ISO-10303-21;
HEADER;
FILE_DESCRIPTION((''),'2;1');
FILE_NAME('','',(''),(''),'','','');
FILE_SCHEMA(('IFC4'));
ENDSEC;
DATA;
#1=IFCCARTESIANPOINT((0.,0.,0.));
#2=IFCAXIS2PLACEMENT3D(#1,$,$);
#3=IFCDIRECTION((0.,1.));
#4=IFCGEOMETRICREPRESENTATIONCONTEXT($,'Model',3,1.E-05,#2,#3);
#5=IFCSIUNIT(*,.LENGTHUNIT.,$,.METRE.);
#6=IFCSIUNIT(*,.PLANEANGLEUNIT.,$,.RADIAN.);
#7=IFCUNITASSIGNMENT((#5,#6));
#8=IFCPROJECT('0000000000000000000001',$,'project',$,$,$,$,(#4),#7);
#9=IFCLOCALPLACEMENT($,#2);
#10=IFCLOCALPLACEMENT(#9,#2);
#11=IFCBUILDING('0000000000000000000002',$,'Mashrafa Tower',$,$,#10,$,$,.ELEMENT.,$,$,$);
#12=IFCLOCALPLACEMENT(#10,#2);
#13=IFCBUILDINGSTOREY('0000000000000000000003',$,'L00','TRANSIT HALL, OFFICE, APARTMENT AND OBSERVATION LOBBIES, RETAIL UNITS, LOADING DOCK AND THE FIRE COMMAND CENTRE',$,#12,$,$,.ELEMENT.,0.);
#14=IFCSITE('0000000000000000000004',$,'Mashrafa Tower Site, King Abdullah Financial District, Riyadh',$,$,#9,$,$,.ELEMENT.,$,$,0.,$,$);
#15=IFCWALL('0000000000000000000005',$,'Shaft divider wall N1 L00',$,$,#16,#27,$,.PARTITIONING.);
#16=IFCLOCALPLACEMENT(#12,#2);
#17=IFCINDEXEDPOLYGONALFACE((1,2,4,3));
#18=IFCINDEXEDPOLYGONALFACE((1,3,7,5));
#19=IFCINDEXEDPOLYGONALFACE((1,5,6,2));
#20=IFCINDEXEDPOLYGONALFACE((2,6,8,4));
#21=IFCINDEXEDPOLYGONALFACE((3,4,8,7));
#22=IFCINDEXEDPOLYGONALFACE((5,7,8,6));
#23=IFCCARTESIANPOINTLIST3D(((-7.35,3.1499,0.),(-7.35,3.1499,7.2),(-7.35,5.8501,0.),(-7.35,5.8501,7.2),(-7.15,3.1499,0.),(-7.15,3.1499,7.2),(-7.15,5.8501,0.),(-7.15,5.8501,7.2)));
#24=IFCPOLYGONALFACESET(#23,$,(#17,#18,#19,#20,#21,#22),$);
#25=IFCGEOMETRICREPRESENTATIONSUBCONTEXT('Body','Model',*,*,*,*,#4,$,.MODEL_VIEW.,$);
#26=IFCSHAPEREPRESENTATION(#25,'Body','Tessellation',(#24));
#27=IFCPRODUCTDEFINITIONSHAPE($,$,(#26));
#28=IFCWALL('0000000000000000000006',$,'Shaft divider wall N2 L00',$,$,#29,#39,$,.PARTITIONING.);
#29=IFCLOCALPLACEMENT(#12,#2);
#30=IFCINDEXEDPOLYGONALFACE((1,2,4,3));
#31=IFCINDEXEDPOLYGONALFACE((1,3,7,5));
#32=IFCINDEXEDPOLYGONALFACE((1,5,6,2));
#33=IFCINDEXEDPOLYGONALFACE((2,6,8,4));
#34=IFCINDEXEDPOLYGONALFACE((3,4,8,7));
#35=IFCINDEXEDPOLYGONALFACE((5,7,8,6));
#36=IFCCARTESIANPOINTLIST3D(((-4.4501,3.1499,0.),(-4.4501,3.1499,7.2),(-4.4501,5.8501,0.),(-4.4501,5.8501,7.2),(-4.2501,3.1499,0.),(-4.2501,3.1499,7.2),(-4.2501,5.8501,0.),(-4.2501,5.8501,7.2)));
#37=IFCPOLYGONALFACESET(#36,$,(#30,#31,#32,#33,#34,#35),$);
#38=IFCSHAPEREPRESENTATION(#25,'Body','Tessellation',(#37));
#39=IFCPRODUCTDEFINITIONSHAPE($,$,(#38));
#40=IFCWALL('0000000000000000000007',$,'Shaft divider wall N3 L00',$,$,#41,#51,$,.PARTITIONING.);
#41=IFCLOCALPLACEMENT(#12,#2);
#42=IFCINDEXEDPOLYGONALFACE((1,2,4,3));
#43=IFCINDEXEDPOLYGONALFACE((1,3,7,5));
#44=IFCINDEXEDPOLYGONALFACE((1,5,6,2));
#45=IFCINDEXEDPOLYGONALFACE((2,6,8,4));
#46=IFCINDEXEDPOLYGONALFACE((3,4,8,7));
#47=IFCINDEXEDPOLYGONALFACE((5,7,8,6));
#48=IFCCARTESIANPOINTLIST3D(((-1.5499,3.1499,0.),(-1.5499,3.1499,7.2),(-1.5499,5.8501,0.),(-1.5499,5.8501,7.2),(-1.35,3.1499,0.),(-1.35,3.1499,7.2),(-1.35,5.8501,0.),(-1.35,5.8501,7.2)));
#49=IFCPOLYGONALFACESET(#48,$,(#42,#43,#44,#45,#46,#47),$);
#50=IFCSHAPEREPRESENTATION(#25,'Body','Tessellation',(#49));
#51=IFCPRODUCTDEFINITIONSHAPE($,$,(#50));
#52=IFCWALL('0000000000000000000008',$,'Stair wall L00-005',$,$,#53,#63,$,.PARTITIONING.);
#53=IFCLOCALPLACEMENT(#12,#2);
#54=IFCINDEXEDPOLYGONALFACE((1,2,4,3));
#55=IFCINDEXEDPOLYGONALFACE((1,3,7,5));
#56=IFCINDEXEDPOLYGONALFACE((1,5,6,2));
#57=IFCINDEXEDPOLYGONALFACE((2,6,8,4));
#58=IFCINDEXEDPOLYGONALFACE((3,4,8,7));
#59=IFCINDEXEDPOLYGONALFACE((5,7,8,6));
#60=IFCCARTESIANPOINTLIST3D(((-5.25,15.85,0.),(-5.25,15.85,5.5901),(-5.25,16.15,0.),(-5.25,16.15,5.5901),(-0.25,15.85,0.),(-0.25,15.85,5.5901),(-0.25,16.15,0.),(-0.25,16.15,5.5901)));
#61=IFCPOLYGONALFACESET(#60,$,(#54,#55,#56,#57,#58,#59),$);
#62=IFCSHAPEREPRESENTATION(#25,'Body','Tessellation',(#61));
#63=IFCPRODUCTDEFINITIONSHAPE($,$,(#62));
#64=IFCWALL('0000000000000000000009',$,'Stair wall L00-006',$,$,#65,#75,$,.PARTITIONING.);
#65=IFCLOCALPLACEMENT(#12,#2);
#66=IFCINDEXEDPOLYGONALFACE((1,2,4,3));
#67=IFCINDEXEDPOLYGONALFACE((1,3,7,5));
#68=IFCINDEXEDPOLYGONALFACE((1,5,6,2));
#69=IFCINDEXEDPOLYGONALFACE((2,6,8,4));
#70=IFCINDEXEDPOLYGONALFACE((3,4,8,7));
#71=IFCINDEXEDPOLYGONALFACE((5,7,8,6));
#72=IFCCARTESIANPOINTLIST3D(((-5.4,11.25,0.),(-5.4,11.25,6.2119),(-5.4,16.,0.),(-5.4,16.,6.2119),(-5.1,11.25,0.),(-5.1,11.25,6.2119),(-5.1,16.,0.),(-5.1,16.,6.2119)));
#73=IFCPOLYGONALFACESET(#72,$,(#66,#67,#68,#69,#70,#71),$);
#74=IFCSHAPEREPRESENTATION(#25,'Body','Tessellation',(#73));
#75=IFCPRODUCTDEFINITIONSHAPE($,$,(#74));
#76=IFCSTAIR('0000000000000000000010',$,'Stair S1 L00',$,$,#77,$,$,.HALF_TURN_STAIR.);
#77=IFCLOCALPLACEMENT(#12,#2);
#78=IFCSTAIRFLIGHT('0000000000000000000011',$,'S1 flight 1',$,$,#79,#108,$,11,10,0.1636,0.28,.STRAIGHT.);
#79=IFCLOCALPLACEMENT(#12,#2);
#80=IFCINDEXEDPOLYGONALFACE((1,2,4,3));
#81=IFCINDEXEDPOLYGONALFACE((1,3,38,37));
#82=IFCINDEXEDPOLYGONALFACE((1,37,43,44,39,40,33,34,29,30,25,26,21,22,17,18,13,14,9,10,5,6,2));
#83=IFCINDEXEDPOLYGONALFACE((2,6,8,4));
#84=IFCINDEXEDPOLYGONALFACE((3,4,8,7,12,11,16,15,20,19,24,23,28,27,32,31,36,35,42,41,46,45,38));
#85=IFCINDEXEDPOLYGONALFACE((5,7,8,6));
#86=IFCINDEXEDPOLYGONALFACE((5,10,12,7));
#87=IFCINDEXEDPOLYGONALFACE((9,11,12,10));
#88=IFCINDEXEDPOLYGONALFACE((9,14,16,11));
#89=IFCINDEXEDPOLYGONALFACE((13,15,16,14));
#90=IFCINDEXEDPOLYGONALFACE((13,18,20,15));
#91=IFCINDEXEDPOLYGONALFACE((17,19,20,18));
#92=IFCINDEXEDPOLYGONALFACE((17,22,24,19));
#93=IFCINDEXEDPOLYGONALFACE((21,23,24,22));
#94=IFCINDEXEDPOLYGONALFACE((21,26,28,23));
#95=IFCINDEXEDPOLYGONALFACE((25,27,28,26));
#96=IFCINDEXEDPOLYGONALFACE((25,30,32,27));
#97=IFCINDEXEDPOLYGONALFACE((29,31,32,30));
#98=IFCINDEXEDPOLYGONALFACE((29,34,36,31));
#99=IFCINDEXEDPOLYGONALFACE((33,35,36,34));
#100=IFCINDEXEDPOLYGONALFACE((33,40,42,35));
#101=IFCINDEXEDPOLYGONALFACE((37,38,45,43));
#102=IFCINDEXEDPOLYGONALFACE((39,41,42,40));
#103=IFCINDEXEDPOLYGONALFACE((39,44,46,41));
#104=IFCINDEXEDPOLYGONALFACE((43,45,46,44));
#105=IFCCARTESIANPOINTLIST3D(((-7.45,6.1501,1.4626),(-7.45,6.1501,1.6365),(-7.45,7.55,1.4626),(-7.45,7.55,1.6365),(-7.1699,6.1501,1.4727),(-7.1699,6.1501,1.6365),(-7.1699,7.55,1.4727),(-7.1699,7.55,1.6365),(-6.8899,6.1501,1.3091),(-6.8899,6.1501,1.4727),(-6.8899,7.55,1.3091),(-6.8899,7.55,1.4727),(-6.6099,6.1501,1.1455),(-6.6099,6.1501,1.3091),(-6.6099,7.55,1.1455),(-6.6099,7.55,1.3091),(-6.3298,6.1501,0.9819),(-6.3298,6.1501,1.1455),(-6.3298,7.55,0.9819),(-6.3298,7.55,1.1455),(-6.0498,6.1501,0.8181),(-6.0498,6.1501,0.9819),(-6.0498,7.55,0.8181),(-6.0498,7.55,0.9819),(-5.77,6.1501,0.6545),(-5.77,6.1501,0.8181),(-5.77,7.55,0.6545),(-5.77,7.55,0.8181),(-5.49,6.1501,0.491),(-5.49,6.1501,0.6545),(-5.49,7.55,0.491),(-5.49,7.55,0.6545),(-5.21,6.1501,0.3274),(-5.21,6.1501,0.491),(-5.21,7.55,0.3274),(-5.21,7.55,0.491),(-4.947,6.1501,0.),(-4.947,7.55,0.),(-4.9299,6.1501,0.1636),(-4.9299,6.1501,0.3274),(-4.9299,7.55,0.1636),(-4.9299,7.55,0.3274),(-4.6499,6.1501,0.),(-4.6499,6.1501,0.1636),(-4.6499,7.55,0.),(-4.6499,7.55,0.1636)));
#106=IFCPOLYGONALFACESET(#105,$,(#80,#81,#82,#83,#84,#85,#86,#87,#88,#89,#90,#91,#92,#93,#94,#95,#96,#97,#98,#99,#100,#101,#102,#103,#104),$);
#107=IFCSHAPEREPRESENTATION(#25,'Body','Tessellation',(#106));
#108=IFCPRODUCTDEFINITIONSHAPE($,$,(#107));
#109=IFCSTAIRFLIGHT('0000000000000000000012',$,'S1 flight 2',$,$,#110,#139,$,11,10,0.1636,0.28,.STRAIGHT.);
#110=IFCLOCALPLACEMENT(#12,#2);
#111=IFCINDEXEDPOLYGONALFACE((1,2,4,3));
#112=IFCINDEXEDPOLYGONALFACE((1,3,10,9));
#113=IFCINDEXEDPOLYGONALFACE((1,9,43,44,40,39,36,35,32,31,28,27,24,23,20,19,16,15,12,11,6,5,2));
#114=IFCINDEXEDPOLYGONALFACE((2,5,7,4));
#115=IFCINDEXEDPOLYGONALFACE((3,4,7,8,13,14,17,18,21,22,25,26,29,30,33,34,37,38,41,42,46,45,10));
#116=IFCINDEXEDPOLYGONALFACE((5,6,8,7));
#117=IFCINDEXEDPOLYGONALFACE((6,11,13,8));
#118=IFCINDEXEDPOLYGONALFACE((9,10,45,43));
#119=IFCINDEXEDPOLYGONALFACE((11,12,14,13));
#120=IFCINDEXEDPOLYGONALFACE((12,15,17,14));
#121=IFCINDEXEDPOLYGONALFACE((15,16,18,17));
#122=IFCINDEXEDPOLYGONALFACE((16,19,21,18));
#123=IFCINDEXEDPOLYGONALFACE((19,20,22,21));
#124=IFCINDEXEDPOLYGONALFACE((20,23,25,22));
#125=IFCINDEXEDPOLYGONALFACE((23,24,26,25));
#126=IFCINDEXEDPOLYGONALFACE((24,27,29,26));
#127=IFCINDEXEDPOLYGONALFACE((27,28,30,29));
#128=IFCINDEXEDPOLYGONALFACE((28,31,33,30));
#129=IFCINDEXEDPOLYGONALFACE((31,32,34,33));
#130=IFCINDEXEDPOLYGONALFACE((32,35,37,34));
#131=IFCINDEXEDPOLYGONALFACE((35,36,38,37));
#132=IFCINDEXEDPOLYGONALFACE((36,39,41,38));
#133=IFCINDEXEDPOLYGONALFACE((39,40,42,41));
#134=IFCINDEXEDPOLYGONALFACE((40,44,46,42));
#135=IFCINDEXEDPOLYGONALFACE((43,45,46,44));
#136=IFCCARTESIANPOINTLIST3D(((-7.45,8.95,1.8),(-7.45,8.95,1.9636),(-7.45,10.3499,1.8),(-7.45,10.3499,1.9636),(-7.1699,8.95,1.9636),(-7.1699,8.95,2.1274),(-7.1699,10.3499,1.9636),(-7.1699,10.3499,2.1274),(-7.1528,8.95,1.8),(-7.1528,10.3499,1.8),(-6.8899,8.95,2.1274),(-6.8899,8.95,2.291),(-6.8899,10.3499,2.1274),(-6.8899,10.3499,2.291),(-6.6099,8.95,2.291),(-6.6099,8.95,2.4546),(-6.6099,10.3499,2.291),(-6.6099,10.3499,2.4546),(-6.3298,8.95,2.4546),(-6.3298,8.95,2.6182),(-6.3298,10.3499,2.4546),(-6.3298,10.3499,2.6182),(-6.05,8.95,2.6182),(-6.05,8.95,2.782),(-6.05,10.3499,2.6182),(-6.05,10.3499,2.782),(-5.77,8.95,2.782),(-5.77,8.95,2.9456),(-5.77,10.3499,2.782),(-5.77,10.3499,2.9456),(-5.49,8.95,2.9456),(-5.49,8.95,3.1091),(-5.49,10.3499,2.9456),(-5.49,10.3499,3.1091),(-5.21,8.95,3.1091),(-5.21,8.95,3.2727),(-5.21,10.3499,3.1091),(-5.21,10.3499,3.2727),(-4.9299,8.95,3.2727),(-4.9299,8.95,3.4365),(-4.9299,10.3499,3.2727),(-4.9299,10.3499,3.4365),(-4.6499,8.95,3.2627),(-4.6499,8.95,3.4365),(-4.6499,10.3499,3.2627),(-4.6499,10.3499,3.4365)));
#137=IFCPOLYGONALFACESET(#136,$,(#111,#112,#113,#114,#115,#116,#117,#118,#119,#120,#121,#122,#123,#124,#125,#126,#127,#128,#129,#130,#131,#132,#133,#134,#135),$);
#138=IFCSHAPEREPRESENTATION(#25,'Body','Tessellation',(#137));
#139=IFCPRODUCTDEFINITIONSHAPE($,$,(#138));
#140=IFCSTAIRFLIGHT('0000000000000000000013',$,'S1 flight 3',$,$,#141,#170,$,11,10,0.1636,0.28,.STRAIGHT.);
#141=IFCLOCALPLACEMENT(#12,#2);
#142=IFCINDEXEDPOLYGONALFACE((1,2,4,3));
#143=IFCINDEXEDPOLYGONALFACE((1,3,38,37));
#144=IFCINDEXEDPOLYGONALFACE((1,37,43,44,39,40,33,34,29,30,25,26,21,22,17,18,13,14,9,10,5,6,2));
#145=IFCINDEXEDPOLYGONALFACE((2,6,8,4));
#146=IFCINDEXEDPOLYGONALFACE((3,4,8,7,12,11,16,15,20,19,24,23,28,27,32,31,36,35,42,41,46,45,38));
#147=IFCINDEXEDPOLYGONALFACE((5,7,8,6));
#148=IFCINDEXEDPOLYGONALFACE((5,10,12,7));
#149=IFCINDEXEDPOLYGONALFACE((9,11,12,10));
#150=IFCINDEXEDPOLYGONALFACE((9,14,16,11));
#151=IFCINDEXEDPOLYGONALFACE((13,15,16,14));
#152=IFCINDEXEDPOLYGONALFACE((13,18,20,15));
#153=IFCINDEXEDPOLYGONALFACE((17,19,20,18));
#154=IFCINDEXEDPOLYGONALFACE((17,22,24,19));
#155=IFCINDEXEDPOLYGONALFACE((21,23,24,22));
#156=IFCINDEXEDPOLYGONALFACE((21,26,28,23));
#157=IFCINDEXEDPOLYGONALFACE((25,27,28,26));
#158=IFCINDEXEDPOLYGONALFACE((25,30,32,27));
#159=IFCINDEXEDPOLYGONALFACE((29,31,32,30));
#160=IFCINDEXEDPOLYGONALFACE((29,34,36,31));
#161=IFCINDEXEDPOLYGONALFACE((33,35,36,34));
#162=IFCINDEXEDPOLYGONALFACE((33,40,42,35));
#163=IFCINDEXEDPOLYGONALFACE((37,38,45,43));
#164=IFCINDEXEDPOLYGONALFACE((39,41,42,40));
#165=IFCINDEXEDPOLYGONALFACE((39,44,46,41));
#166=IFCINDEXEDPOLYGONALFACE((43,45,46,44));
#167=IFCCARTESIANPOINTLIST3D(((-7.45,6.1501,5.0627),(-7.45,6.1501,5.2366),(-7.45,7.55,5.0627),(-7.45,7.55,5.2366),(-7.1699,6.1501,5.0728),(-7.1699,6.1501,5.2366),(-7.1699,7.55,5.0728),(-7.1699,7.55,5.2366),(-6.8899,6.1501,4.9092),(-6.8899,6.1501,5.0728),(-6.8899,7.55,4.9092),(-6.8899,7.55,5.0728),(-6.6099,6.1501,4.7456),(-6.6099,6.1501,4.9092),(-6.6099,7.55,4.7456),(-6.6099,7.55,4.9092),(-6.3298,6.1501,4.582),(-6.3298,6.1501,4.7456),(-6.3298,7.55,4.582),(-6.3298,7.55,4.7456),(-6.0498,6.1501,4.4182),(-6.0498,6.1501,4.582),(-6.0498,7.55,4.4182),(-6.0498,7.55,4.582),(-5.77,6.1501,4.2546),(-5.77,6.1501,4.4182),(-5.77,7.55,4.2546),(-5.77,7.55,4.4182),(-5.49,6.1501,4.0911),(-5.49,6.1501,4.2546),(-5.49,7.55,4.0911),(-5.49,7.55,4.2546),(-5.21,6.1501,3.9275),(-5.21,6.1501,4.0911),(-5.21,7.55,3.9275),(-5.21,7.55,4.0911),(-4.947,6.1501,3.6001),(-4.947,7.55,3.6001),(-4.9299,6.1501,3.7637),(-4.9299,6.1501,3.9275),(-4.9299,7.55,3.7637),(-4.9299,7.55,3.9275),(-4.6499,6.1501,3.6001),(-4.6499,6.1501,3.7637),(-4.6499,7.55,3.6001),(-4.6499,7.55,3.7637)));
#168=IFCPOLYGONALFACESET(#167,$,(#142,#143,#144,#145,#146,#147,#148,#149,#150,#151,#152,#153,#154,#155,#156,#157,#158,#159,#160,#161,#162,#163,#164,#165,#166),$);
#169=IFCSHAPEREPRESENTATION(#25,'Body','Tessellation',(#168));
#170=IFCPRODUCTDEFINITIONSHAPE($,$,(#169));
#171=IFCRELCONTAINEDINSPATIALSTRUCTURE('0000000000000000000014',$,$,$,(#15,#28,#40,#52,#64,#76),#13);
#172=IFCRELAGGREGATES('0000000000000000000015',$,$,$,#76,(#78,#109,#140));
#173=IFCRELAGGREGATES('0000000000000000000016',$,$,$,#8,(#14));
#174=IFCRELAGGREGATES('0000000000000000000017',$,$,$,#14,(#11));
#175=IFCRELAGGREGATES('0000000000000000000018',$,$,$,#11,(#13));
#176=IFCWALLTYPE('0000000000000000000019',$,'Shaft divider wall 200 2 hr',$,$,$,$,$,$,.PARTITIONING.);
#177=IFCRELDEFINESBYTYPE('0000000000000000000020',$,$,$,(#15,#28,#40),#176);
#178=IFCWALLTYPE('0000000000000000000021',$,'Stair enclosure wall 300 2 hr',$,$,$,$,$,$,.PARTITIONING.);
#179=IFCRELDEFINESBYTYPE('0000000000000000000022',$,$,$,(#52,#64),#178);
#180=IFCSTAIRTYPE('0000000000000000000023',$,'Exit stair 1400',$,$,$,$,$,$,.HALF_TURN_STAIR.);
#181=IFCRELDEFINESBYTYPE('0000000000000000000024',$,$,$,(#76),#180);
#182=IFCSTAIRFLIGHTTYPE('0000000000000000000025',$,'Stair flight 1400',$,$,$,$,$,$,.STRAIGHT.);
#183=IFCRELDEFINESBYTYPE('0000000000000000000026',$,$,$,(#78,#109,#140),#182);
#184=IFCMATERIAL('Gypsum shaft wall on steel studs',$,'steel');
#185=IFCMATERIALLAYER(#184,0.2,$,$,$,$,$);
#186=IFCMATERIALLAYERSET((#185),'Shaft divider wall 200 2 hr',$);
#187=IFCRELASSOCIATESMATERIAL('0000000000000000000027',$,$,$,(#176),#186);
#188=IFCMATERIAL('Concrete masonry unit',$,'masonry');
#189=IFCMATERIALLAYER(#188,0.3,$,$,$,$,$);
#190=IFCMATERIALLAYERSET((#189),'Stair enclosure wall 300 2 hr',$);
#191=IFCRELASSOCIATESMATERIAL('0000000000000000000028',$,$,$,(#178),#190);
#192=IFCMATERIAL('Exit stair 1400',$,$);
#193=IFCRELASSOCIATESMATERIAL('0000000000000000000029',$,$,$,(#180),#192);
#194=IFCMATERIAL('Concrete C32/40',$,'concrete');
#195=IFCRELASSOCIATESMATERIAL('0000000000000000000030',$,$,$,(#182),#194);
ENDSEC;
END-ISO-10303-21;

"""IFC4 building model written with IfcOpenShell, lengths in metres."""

from ifc_helpers import new_model, si_unit, direction, frame, frame_2d, origin, place, context, subcontext, project, spatial, polyline, rectangle, outline, extrude, material, layer, layer_set, type_object, element, aggregate, save


model = new_model("IFC4")

# Units and contexts
model_context = context("Model", 3, precision=1e-05, world=origin(), true_north=direction((0.0, 1.0)))
body_context = subcontext(model_context, "Body", "Model", "MODEL_VIEW")
ifc_project = project(units=[si_unit("LENGTHUNIT", "METRE"), si_unit("PLANEANGLEUNIT", "RADIAN")], contexts=[model_context])

# Site, building, storey
site_placement = place(None, origin())
site = spatial("IfcSite", under=ifc_project, at=site_placement, Name="Mashrafa Tower Site, King Abdullah Financial District, Riyadh", CompositionType="ELEMENT", RefElevation=0.0)
building_placement = place(site_placement, origin())
building = spatial("IfcBuilding", under=site, at=building_placement, Name="Mashrafa Tower", CompositionType="ELEMENT")
storey_placement = place(building_placement, origin())
storey = spatial("IfcBuildingStorey", under=building, at=storey_placement, Name="L00", Description="TRANSIT HALL, OFFICE, APARTMENT AND OBSERVATION LOBBIES, RETAIL UNITS, LOADING DOCK AND THE FIRE COMMAND CENTRE", CompositionType="ELEMENT", Elevation=0.0)

# Walls
ifc_material_1 = material(Name="Gypsum shaft wall on steel studs", Category="steel")
ifc_layer_1 = layer(ifc_material_1, 0.2)
ifc_layer_set_1 = layer_set([ifc_layer_1], Name="Shaft divider wall 200 2 hr")
wall_type_1 = type_object("IfcWallType", Name="Shaft divider wall 200 2 hr", PredefinedType="PARTITIONING", material=ifc_layer_set_1)
for number, where, z_axis, x_axis, name in (
    (1, (-7.25, 3.1499, 0.0), (0.0, 0.0, 1.0), (0.0, 1.0, 0.0), "Shaft divider wall N1 L00"),
    (2, (-4.3501, 3.1499, 0.0), (0.0, 0.0, 1.0), (0.0, 1.0, 0.0), "Shaft divider wall N2 L00"),
    (3, (-1.45, 3.1499, 0.0), (0.0, 0.0, 1.0), (0.0, 1.0, 0.0), "Shaft divider wall N3 L00"),
):
    element("IfcWall", number, at=place(storey_placement, frame(where, z_axis=z_axis, x_axis=x_axis)), inside=storey, type_object=wall_type_1, Name=name, PredefinedType="PARTITIONING", context=body_context, shape_type="SweptSolid", body=[
        extrude(rectangle(XDim=2.7002, YDim=0.2, at=frame_2d((1.3501, 0.0))), origin(), (0.0, 0.0, 1.0), 7.2),
    ])
ifc_material_2 = material(Name="Concrete masonry unit", Category="masonry")
ifc_layer_2 = layer(ifc_material_2, 0.3)
ifc_layer_set_2 = layer_set([ifc_layer_2], Name="Stair enclosure wall 300 2 hr")
wall_type_2 = type_object("IfcWallType", Name="Stair enclosure wall 300 2 hr", PredefinedType="PARTITIONING", material=ifc_layer_set_2)
wall_1_placement = place(storey_placement, frame((-0.25, 16.0, 0.0), z_axis=(0.0, 0.0, 1.0), x_axis=(-1.0, 0.0, 0.0)))
element("IfcWall", 4, at=wall_1_placement, inside=storey, type_object=wall_type_2, Name="Stair wall L00-005", PredefinedType="PARTITIONING", context=body_context, shape_type="SweptSolid", body=[
    extrude(rectangle(XDim=5.0, YDim=0.3, at=frame_2d((2.5, 0.0))), origin(), (0.0, 0.0, 1.0), 5.5901),
])
wall_2_placement = place(storey_placement, frame((-5.25, 16.0, 0.0), z_axis=(0.0, 0.0, 1.0), x_axis=(0.0, -1.0, 0.0)))
element("IfcWall", 5, at=wall_2_placement, inside=storey, type_object=wall_type_2, Name="Stair wall L00-006", PredefinedType="PARTITIONING", context=body_context, shape_type="SweptSolid", body=[
    extrude(rectangle(XDim=4.75, YDim=0.3, at=frame_2d((2.375, 0.0))), origin(), (0.0, 0.0, 1.0), 6.2119),
])

# Stair, stair flights
ifc_material_3 = material(Name="Exit stair 1400")
stair_type_1 = type_object("IfcStairType", Name="Exit stair 1400", PredefinedType="HALF_TURN_STAIR", material=ifc_material_3)
stair_1_placement = place(storey_placement, origin())
stair_1 = element("IfcStair", 6, at=stair_1_placement, inside=storey, type_object=stair_type_1, Name="Stair S1 L00", PredefinedType="HALF_TURN_STAIR")
ifc_material_4 = material(Name="Concrete C32/40", Category="concrete")
stair_flight_type = type_object("IfcStairFlightType", Name="Stair flight 1400", PredefinedType="STRAIGHT", material=ifc_material_4)
stair_flight_1_placement = place(storey_placement, frame((-4.6499, 6.8501, 0.0), z_axis=(0.0, 0.0, 1.0), x_axis=(-1.0, 0.0, 0.0)))
stair_flight_1 = element("IfcStairFlight", 7, at=stair_flight_1_placement, type_object=stair_flight_type, Name="S1 flight 1", NumberOfRisers=11, NumberOfTreads=10, PredefinedType="STRAIGHT", RiserHeight=0.1636, TreadLength=0.28, context=body_context, shape_type="SweptSolid", body=[
    extrude(outline(polyline([(0.0, 0.0), (0.0, 0.1636), (0.28, 0.1636), (0.28, 0.3274), (0.5601, 0.3274), (0.5601, 0.491), (0.8401, 0.491), (0.8401, 0.6545), (1.1201, 0.6545), (1.1201, 0.8181), (1.3999, 0.8181), (1.3999, 0.9819), (1.6799, 0.9819), (1.6799, 1.1455), (1.96, 1.1455), (1.96, 1.3091), (2.24, 1.3091), (2.24, 1.4727), (2.52, 1.4727), (2.52, 1.6365), (2.8, 1.6365), (2.8, 1.8), (2.8, 1.4626), (0.2971, 0.0), (0.0, 0.0)])), frame((0.0, 0.7, 0.0), z_axis=(0.0, -1.0, 0.0), x_axis=(1.0, 0.0, 0.0)), (0.0, 0.0, 1.0), 1.3999),
])
stair_flight_2_placement = place(storey_placement, frame((-7.45, 9.6499, 1.8), z_axis=(0.0, 0.0, 1.0), x_axis=(1.0, 0.0, 0.0)))
stair_flight_2 = element("IfcStairFlight", 8, at=stair_flight_2_placement, type_object=stair_flight_type, Name="S1 flight 2", NumberOfRisers=11, NumberOfTreads=10, PredefinedType="STRAIGHT", RiserHeight=0.1636, TreadLength=0.28, context=body_context, shape_type="SweptSolid", body=[
    extrude(outline(polyline([(0.0, 0.0), (0.0, 0.1636), (0.28, 0.1636), (0.28, 0.3274), (0.5601, 0.3274), (0.5601, 0.491), (0.8401, 0.491), (0.8401, 0.6545), (1.1201, 0.6545), (1.1201, 0.8181), (1.3999, 0.8181), (1.3999, 0.9819), (1.6799, 0.9819), (1.6799, 1.1455), (1.96, 1.1455), (1.96, 1.3091), (2.24, 1.3091), (2.24, 1.4727), (2.52, 1.4727), (2.52, 1.6365), (2.8, 1.6365), (2.8, 1.8), (2.8, 1.4626), (0.2971, 0.0), (0.0, 0.0)])), frame((0.0, 0.7, 0.0), z_axis=(0.0, -1.0, 0.0), x_axis=(1.0, 0.0, 0.0)), (0.0, 0.0, 1.0), 1.3999),
])
stair_flight_3_placement = place(storey_placement, frame((-4.6499, 6.8501, 3.6001), z_axis=(0.0, 0.0, 1.0), x_axis=(-1.0, 0.0, 0.0)))
stair_flight_3 = element("IfcStairFlight", 9, at=stair_flight_3_placement, type_object=stair_flight_type, Name="S1 flight 3", NumberOfRisers=11, NumberOfTreads=10, PredefinedType="STRAIGHT", RiserHeight=0.1636, TreadLength=0.28, context=body_context, shape_type="SweptSolid", body=[
    extrude(outline(polyline([(0.0, 0.0), (0.0, 0.1636), (0.28, 0.1636), (0.28, 0.3274), (0.5601, 0.3274), (0.5601, 0.491), (0.8401, 0.491), (0.8401, 0.6545), (1.1201, 0.6545), (1.1201, 0.8181), (1.3999, 0.8181), (1.3999, 0.9819), (1.6799, 0.9819), (1.6799, 1.1455), (1.96, 1.1455), (1.96, 1.3091), (2.24, 1.3091), (2.24, 1.4727), (2.52, 1.4727), (2.52, 1.6365), (2.8, 1.6365), (2.8, 1.8), (2.8, 1.4626), (0.2971, 0.0), (0.0, 0.0)])), frame((0.0, 0.7, 0.0), z_axis=(0.0, -1.0, 0.0), x_axis=(1.0, 0.0, 0.0)), (0.0, 0.0, 1.0), 1.3999),
])
aggregate(stair_1, [stair_flight_1, stair_flight_2, stair_flight_3])

save(model, "model.ifc")
